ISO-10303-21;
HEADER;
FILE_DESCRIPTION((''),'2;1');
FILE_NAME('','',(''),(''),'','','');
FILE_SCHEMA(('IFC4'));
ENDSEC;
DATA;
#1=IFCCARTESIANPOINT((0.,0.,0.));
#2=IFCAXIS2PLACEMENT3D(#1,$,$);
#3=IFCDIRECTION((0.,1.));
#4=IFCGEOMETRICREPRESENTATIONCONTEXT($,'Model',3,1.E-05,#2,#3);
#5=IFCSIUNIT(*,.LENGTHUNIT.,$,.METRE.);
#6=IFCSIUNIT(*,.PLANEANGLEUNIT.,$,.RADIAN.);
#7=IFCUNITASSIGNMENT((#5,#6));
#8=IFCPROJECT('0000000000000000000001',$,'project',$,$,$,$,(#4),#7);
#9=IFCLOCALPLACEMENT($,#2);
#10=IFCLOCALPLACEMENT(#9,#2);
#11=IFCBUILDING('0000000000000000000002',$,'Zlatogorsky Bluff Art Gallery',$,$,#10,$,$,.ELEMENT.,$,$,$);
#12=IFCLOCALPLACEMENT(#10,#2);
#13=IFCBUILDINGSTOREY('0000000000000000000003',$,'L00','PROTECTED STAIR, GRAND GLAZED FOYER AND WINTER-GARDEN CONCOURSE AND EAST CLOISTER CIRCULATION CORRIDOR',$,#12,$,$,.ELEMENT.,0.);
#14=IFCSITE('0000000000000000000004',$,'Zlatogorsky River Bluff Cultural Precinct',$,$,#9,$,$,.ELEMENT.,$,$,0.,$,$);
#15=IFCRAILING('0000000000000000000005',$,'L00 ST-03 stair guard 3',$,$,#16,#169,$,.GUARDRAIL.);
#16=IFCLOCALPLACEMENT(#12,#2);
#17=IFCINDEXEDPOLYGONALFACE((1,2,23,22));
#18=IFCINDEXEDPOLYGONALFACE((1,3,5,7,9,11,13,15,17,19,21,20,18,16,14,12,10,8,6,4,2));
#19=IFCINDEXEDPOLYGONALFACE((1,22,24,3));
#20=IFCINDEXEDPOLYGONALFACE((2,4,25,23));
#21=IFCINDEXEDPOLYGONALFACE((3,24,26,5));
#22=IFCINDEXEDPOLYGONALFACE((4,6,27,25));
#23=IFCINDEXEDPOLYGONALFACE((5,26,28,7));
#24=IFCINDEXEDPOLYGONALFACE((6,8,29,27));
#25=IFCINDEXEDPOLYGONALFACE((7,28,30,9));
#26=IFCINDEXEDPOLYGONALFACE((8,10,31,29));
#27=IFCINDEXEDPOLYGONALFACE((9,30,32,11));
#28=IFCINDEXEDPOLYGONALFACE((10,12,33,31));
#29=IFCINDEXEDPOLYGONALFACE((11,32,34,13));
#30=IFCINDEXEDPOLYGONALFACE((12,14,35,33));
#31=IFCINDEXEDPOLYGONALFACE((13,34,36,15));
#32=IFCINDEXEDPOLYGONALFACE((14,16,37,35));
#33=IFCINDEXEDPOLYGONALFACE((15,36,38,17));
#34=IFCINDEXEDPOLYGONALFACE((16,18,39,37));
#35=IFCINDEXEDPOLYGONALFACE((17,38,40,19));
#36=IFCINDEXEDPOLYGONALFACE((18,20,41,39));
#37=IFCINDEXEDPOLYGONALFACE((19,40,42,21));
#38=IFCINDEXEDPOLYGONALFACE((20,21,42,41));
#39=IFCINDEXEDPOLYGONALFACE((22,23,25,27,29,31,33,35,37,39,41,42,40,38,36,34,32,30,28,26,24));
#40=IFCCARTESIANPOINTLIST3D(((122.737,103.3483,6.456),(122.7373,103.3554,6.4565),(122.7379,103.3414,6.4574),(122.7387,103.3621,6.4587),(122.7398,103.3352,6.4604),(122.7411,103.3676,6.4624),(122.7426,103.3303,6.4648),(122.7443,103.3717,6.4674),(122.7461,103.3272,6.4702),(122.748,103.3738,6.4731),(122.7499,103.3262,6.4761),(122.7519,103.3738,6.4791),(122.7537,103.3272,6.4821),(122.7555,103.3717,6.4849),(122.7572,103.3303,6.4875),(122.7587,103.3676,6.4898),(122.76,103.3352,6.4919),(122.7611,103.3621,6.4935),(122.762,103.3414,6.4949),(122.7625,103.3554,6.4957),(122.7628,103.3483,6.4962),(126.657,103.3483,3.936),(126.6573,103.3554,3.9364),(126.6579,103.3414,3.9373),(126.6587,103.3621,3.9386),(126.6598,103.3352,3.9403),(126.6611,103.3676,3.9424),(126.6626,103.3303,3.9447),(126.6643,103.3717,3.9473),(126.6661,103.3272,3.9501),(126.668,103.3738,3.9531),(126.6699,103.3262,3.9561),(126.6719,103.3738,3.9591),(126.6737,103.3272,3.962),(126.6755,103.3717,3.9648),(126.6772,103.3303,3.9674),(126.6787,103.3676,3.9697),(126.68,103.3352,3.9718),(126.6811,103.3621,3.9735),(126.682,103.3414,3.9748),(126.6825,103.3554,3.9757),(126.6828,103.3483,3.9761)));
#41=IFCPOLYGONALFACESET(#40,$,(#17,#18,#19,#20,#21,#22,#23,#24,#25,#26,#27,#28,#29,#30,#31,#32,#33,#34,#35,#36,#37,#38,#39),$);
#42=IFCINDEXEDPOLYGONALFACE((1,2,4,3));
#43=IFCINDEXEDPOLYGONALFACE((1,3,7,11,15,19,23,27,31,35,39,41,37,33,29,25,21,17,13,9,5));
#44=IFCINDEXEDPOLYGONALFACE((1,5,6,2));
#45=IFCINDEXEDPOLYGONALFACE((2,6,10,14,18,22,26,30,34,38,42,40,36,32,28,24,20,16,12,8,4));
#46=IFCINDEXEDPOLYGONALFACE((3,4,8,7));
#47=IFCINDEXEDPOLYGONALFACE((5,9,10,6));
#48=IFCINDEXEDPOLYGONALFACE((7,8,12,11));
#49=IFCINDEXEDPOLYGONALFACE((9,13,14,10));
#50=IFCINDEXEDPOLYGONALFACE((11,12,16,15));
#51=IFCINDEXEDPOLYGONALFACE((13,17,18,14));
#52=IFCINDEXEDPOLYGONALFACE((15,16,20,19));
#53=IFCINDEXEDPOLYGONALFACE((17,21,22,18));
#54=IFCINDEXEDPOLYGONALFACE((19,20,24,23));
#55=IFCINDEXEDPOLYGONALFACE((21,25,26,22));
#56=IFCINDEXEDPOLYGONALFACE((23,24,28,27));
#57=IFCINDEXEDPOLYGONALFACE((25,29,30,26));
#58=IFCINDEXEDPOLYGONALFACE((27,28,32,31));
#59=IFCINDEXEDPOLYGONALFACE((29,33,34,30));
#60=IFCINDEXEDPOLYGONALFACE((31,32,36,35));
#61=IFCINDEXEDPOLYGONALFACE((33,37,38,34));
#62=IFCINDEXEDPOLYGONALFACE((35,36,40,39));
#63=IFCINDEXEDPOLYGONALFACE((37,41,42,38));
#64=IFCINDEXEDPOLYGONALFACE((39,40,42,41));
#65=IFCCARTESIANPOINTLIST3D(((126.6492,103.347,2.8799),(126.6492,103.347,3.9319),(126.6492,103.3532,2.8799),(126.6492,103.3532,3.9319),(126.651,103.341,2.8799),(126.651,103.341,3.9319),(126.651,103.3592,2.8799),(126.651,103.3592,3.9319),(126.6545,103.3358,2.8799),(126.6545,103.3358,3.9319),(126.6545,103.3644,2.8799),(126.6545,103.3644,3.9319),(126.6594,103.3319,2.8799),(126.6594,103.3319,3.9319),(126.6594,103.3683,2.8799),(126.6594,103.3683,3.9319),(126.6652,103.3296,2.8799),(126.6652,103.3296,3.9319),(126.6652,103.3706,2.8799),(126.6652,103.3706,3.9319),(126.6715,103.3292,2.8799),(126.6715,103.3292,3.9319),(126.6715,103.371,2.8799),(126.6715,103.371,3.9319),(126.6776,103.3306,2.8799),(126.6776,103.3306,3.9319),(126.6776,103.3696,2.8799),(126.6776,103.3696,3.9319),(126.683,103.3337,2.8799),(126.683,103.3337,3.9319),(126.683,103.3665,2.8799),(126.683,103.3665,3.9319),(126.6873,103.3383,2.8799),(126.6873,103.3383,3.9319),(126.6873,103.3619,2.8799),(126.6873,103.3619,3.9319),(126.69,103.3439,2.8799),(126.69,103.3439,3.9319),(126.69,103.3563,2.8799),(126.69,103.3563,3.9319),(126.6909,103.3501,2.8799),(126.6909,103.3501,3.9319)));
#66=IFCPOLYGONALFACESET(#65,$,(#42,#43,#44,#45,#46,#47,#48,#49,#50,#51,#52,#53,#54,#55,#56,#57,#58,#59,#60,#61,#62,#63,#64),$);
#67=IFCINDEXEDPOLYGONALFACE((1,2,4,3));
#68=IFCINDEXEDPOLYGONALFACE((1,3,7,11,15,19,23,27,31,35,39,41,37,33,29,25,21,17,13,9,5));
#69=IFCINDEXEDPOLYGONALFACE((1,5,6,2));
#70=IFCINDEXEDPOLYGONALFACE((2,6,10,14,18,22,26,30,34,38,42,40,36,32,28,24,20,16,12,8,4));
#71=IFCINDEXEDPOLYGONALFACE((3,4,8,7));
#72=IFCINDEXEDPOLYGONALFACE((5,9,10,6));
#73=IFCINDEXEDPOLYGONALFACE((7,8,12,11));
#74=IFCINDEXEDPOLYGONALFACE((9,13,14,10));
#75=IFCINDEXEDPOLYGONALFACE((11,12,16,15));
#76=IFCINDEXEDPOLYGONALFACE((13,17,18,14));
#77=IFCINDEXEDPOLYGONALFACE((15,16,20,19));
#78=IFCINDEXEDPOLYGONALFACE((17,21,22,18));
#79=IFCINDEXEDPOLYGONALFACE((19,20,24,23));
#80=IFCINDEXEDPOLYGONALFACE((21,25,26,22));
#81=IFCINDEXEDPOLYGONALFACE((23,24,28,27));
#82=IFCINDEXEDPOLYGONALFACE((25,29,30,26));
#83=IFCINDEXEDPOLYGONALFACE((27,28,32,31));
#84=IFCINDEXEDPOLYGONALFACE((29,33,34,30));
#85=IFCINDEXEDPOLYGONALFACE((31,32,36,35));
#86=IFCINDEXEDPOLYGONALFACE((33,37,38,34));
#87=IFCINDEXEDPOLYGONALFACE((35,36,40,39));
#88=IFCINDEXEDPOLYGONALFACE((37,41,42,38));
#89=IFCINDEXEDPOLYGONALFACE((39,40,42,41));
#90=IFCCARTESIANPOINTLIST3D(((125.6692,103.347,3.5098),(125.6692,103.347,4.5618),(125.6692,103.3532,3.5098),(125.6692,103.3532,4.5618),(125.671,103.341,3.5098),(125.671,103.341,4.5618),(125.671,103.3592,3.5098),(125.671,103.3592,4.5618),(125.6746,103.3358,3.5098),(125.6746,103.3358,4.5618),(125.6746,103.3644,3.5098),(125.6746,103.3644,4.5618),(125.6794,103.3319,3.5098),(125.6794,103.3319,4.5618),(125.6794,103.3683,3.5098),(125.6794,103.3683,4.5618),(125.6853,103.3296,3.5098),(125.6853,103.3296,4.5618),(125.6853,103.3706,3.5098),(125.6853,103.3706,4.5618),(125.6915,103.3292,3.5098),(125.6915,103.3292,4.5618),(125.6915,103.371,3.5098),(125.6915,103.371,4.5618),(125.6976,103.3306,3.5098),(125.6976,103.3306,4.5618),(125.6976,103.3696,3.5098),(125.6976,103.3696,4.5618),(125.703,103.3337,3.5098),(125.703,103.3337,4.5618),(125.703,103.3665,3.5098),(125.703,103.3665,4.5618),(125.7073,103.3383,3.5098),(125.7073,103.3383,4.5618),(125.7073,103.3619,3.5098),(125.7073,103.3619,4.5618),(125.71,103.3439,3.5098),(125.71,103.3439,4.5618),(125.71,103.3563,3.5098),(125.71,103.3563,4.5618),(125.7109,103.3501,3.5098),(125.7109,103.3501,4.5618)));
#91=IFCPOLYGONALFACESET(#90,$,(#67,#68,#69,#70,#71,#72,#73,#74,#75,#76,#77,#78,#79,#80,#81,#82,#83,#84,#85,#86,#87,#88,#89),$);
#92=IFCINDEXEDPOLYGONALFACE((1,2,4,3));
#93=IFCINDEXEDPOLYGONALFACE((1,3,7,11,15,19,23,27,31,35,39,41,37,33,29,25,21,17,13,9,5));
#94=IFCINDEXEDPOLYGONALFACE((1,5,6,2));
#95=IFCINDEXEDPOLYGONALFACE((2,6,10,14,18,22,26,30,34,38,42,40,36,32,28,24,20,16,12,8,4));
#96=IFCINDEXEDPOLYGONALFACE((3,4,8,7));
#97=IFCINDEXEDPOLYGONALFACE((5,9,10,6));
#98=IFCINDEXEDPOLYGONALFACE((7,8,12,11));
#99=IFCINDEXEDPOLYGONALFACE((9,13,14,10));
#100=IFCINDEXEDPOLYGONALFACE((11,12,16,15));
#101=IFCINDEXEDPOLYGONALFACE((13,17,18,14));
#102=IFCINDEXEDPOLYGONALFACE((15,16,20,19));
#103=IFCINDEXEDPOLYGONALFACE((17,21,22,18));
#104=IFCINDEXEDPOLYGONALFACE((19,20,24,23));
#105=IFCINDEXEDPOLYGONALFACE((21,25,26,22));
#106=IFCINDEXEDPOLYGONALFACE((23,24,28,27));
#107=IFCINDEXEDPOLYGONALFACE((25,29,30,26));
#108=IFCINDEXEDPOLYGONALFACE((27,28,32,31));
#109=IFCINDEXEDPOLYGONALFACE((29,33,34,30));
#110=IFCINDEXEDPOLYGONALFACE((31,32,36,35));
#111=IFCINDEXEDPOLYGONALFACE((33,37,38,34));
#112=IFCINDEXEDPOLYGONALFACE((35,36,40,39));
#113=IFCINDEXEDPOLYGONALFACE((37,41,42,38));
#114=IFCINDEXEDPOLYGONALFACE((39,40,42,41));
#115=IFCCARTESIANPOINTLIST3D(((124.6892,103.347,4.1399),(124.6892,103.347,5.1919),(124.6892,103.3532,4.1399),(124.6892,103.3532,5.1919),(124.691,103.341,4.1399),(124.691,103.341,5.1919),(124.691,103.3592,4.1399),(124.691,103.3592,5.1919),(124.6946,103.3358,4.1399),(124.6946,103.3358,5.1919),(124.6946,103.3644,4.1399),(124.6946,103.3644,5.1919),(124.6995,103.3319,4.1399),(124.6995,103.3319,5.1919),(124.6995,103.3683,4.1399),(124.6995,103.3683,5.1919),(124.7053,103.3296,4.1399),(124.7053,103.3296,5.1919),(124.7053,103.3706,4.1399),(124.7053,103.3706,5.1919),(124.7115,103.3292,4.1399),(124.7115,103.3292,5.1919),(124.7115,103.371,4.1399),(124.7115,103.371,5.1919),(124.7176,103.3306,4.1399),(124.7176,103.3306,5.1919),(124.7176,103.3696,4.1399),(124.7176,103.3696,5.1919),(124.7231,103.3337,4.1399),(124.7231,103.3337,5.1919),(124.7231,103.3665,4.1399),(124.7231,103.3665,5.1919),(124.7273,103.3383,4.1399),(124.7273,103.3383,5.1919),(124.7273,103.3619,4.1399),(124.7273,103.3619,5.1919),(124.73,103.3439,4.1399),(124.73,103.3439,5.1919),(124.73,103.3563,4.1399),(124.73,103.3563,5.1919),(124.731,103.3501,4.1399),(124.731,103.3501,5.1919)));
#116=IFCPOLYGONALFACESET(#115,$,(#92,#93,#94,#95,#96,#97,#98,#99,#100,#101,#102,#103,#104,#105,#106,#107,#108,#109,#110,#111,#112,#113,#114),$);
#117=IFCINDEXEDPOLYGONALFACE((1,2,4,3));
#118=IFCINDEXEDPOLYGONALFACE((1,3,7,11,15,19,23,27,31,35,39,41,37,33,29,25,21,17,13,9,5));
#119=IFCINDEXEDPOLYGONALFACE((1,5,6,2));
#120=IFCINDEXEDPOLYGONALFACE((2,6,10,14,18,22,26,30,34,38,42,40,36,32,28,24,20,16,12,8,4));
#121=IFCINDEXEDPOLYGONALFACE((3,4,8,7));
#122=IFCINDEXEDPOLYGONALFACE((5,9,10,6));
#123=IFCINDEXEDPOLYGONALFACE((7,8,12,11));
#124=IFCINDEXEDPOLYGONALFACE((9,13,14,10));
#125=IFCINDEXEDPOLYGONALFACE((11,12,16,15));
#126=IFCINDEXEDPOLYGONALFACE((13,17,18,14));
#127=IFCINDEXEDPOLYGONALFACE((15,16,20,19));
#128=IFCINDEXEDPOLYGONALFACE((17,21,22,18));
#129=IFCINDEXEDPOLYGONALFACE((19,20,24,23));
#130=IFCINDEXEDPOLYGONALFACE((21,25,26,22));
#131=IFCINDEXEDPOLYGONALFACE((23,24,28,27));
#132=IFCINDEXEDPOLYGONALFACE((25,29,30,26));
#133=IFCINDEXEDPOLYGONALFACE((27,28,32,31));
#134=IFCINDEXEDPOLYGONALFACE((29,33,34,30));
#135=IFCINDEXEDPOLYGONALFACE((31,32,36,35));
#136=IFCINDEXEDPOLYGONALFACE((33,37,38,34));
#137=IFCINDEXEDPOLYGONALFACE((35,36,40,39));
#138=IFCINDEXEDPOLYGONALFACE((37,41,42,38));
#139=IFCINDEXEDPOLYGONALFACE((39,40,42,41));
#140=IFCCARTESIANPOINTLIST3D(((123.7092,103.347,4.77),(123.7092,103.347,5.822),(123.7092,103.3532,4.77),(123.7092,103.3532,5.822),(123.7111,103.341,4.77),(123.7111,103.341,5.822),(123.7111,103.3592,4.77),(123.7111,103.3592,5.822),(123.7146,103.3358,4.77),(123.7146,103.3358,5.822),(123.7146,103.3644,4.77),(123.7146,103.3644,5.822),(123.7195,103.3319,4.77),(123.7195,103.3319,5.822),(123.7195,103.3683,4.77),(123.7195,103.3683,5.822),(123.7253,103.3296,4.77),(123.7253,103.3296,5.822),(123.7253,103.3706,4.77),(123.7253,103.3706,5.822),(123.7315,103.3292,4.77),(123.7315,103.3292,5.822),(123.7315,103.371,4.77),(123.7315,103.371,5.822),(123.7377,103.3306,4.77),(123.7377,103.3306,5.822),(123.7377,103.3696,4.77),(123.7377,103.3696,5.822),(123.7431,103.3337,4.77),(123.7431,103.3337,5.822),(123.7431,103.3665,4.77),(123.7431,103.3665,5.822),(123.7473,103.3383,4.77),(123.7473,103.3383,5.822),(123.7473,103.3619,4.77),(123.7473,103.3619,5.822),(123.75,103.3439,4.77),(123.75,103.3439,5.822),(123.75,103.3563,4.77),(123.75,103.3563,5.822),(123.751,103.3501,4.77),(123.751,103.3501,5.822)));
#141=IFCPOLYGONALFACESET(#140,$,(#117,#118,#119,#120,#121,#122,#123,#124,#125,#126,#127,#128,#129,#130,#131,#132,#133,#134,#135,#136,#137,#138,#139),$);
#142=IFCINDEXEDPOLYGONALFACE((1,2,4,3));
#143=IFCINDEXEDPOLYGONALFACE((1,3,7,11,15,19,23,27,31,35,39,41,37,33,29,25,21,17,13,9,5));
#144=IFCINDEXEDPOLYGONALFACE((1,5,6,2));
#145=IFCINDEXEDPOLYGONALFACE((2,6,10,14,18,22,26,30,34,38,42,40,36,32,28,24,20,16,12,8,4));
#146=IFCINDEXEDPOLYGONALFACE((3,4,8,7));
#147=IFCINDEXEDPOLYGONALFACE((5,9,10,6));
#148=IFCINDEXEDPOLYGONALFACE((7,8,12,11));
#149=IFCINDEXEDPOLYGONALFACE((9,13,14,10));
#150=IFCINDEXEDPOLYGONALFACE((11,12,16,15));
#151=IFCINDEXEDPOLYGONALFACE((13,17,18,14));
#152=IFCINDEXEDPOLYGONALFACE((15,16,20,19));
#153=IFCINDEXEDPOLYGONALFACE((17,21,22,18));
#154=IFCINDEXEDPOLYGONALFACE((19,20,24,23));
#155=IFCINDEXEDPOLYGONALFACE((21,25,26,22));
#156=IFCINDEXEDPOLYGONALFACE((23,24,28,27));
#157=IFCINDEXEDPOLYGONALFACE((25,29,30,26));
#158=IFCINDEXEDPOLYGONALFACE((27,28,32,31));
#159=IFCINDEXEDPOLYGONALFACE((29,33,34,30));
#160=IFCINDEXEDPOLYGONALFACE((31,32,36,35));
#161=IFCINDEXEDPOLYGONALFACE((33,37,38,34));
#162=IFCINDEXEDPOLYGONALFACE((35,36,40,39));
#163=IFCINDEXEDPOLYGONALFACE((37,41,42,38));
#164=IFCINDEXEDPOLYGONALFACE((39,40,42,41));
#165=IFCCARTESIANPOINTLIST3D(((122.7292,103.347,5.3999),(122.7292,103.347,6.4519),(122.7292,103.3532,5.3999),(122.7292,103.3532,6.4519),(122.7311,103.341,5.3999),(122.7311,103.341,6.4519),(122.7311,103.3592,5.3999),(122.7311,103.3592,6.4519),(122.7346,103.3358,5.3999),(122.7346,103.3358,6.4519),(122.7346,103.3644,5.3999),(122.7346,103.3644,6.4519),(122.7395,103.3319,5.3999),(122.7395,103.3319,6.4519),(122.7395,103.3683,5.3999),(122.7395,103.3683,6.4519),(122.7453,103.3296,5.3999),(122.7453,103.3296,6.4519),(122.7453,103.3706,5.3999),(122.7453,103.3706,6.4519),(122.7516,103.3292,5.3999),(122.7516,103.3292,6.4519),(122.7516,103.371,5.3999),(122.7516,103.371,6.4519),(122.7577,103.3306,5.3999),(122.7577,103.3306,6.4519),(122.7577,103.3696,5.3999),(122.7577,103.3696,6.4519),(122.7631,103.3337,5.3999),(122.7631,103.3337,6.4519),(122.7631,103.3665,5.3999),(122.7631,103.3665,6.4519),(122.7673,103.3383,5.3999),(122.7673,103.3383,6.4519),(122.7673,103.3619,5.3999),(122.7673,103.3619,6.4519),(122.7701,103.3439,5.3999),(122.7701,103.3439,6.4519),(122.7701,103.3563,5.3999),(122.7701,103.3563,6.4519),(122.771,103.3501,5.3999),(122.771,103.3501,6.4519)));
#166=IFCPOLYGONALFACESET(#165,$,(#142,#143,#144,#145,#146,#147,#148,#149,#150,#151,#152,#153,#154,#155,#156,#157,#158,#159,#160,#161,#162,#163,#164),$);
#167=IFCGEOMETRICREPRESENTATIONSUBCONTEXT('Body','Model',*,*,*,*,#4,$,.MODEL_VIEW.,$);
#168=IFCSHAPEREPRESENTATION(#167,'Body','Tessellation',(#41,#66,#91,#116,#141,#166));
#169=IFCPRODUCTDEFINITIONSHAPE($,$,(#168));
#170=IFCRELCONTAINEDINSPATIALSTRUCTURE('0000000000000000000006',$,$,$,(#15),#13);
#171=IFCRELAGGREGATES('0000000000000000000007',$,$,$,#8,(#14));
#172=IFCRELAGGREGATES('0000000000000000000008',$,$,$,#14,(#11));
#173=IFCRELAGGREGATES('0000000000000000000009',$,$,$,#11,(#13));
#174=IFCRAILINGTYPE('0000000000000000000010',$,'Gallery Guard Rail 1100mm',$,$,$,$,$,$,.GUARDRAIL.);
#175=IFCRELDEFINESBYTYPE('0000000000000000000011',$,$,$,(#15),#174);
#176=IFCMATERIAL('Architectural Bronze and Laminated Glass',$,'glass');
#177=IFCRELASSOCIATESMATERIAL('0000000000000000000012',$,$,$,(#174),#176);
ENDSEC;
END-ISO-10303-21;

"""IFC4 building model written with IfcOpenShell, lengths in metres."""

from ifc_helpers import new_model, si_unit, direction, frame, origin, origin_2d, place, context, subcontext, project, spatial, circle, extrude, material, type_object, element, save


model = new_model("IFC4")

# Units and contexts
model_context = context("Model", 3, precision=1e-05, world=origin(), true_north=direction((0.0, 1.0)))
body_context = subcontext(model_context, "Body", "Model", "MODEL_VIEW")
ifc_project = project(units=[si_unit("LENGTHUNIT", "METRE"), si_unit("PLANEANGLEUNIT", "RADIAN")], contexts=[model_context])

# Site, building, storey
site_placement = place(None, origin())
site = spatial("IfcSite", under=ifc_project, at=site_placement, Name="Zlatogorsky River Bluff Cultural Precinct", CompositionType="ELEMENT", RefElevation=0.0)
building_placement = place(site_placement, origin())
building = spatial("IfcBuilding", under=site, at=building_placement, Name="Zlatogorsky Bluff Art Gallery", CompositionType="ELEMENT")
storey_placement = place(building_placement, origin())
storey = spatial("IfcBuildingStorey", under=building, at=storey_placement, Name="L00", Description="PROTECTED STAIR, GRAND GLAZED FOYER AND WINTER-GARDEN CONCOURSE AND EAST CLOISTER CIRCULATION CORRIDOR", CompositionType="ELEMENT", Elevation=0.0)

# Railing
ifc_material_1 = material(Name="Architectural Bronze and Laminated Glass", Category="glass")
railing_type_1 = type_object("IfcRailingType", Name="Gallery Guard Rail 1100mm", PredefinedType="GUARDRAIL", material=ifc_material_1)
railing_1_placement = place(storey_placement, frame((126.6699, 103.3501, 2.8799)))
element("IfcRailing", 1, at=railing_1_placement, inside=storey, type_object=railing_type_1, Name="L00 ST-03 stair guard 3", PredefinedType="GUARDRAIL", context=body_context, shape_type="SweptSolid", body=[
    extrude(circle(Radius=0.0239, at=origin_2d()), frame((0.0, 0.0, 1.0762), z_axis=(-0.841172, 0.0, 0.540768), x_axis=(0.0, -1.0, 0.0)), (0.0, 0.0, 1.0), 4.6602),
    extrude(circle(Radius=0.021, at=origin_2d()), origin(), (0.0, 0.0, 1.0), 1.052),
    extrude(circle(Radius=0.021, at=origin_2d()), frame((-0.98, 0.0, 0.6299)), (0.0, 0.0, 1.0), 1.052),
    extrude(circle(Radius=0.021, at=origin_2d()), frame((-1.96, 0.0, 1.26)), (0.0, 0.0, 1.0), 1.052),
    extrude(circle(Radius=0.021, at=origin_2d()), frame((-2.9399, 0.0, 1.8901)), (0.0, 0.0, 1.0), 1.052),
    extrude(circle(Radius=0.021, at=origin_2d()), frame((-3.9199, 0.0, 2.52)), (0.0, 0.0, 1.0), 1.052),
])

save(model, "model.ifc")
